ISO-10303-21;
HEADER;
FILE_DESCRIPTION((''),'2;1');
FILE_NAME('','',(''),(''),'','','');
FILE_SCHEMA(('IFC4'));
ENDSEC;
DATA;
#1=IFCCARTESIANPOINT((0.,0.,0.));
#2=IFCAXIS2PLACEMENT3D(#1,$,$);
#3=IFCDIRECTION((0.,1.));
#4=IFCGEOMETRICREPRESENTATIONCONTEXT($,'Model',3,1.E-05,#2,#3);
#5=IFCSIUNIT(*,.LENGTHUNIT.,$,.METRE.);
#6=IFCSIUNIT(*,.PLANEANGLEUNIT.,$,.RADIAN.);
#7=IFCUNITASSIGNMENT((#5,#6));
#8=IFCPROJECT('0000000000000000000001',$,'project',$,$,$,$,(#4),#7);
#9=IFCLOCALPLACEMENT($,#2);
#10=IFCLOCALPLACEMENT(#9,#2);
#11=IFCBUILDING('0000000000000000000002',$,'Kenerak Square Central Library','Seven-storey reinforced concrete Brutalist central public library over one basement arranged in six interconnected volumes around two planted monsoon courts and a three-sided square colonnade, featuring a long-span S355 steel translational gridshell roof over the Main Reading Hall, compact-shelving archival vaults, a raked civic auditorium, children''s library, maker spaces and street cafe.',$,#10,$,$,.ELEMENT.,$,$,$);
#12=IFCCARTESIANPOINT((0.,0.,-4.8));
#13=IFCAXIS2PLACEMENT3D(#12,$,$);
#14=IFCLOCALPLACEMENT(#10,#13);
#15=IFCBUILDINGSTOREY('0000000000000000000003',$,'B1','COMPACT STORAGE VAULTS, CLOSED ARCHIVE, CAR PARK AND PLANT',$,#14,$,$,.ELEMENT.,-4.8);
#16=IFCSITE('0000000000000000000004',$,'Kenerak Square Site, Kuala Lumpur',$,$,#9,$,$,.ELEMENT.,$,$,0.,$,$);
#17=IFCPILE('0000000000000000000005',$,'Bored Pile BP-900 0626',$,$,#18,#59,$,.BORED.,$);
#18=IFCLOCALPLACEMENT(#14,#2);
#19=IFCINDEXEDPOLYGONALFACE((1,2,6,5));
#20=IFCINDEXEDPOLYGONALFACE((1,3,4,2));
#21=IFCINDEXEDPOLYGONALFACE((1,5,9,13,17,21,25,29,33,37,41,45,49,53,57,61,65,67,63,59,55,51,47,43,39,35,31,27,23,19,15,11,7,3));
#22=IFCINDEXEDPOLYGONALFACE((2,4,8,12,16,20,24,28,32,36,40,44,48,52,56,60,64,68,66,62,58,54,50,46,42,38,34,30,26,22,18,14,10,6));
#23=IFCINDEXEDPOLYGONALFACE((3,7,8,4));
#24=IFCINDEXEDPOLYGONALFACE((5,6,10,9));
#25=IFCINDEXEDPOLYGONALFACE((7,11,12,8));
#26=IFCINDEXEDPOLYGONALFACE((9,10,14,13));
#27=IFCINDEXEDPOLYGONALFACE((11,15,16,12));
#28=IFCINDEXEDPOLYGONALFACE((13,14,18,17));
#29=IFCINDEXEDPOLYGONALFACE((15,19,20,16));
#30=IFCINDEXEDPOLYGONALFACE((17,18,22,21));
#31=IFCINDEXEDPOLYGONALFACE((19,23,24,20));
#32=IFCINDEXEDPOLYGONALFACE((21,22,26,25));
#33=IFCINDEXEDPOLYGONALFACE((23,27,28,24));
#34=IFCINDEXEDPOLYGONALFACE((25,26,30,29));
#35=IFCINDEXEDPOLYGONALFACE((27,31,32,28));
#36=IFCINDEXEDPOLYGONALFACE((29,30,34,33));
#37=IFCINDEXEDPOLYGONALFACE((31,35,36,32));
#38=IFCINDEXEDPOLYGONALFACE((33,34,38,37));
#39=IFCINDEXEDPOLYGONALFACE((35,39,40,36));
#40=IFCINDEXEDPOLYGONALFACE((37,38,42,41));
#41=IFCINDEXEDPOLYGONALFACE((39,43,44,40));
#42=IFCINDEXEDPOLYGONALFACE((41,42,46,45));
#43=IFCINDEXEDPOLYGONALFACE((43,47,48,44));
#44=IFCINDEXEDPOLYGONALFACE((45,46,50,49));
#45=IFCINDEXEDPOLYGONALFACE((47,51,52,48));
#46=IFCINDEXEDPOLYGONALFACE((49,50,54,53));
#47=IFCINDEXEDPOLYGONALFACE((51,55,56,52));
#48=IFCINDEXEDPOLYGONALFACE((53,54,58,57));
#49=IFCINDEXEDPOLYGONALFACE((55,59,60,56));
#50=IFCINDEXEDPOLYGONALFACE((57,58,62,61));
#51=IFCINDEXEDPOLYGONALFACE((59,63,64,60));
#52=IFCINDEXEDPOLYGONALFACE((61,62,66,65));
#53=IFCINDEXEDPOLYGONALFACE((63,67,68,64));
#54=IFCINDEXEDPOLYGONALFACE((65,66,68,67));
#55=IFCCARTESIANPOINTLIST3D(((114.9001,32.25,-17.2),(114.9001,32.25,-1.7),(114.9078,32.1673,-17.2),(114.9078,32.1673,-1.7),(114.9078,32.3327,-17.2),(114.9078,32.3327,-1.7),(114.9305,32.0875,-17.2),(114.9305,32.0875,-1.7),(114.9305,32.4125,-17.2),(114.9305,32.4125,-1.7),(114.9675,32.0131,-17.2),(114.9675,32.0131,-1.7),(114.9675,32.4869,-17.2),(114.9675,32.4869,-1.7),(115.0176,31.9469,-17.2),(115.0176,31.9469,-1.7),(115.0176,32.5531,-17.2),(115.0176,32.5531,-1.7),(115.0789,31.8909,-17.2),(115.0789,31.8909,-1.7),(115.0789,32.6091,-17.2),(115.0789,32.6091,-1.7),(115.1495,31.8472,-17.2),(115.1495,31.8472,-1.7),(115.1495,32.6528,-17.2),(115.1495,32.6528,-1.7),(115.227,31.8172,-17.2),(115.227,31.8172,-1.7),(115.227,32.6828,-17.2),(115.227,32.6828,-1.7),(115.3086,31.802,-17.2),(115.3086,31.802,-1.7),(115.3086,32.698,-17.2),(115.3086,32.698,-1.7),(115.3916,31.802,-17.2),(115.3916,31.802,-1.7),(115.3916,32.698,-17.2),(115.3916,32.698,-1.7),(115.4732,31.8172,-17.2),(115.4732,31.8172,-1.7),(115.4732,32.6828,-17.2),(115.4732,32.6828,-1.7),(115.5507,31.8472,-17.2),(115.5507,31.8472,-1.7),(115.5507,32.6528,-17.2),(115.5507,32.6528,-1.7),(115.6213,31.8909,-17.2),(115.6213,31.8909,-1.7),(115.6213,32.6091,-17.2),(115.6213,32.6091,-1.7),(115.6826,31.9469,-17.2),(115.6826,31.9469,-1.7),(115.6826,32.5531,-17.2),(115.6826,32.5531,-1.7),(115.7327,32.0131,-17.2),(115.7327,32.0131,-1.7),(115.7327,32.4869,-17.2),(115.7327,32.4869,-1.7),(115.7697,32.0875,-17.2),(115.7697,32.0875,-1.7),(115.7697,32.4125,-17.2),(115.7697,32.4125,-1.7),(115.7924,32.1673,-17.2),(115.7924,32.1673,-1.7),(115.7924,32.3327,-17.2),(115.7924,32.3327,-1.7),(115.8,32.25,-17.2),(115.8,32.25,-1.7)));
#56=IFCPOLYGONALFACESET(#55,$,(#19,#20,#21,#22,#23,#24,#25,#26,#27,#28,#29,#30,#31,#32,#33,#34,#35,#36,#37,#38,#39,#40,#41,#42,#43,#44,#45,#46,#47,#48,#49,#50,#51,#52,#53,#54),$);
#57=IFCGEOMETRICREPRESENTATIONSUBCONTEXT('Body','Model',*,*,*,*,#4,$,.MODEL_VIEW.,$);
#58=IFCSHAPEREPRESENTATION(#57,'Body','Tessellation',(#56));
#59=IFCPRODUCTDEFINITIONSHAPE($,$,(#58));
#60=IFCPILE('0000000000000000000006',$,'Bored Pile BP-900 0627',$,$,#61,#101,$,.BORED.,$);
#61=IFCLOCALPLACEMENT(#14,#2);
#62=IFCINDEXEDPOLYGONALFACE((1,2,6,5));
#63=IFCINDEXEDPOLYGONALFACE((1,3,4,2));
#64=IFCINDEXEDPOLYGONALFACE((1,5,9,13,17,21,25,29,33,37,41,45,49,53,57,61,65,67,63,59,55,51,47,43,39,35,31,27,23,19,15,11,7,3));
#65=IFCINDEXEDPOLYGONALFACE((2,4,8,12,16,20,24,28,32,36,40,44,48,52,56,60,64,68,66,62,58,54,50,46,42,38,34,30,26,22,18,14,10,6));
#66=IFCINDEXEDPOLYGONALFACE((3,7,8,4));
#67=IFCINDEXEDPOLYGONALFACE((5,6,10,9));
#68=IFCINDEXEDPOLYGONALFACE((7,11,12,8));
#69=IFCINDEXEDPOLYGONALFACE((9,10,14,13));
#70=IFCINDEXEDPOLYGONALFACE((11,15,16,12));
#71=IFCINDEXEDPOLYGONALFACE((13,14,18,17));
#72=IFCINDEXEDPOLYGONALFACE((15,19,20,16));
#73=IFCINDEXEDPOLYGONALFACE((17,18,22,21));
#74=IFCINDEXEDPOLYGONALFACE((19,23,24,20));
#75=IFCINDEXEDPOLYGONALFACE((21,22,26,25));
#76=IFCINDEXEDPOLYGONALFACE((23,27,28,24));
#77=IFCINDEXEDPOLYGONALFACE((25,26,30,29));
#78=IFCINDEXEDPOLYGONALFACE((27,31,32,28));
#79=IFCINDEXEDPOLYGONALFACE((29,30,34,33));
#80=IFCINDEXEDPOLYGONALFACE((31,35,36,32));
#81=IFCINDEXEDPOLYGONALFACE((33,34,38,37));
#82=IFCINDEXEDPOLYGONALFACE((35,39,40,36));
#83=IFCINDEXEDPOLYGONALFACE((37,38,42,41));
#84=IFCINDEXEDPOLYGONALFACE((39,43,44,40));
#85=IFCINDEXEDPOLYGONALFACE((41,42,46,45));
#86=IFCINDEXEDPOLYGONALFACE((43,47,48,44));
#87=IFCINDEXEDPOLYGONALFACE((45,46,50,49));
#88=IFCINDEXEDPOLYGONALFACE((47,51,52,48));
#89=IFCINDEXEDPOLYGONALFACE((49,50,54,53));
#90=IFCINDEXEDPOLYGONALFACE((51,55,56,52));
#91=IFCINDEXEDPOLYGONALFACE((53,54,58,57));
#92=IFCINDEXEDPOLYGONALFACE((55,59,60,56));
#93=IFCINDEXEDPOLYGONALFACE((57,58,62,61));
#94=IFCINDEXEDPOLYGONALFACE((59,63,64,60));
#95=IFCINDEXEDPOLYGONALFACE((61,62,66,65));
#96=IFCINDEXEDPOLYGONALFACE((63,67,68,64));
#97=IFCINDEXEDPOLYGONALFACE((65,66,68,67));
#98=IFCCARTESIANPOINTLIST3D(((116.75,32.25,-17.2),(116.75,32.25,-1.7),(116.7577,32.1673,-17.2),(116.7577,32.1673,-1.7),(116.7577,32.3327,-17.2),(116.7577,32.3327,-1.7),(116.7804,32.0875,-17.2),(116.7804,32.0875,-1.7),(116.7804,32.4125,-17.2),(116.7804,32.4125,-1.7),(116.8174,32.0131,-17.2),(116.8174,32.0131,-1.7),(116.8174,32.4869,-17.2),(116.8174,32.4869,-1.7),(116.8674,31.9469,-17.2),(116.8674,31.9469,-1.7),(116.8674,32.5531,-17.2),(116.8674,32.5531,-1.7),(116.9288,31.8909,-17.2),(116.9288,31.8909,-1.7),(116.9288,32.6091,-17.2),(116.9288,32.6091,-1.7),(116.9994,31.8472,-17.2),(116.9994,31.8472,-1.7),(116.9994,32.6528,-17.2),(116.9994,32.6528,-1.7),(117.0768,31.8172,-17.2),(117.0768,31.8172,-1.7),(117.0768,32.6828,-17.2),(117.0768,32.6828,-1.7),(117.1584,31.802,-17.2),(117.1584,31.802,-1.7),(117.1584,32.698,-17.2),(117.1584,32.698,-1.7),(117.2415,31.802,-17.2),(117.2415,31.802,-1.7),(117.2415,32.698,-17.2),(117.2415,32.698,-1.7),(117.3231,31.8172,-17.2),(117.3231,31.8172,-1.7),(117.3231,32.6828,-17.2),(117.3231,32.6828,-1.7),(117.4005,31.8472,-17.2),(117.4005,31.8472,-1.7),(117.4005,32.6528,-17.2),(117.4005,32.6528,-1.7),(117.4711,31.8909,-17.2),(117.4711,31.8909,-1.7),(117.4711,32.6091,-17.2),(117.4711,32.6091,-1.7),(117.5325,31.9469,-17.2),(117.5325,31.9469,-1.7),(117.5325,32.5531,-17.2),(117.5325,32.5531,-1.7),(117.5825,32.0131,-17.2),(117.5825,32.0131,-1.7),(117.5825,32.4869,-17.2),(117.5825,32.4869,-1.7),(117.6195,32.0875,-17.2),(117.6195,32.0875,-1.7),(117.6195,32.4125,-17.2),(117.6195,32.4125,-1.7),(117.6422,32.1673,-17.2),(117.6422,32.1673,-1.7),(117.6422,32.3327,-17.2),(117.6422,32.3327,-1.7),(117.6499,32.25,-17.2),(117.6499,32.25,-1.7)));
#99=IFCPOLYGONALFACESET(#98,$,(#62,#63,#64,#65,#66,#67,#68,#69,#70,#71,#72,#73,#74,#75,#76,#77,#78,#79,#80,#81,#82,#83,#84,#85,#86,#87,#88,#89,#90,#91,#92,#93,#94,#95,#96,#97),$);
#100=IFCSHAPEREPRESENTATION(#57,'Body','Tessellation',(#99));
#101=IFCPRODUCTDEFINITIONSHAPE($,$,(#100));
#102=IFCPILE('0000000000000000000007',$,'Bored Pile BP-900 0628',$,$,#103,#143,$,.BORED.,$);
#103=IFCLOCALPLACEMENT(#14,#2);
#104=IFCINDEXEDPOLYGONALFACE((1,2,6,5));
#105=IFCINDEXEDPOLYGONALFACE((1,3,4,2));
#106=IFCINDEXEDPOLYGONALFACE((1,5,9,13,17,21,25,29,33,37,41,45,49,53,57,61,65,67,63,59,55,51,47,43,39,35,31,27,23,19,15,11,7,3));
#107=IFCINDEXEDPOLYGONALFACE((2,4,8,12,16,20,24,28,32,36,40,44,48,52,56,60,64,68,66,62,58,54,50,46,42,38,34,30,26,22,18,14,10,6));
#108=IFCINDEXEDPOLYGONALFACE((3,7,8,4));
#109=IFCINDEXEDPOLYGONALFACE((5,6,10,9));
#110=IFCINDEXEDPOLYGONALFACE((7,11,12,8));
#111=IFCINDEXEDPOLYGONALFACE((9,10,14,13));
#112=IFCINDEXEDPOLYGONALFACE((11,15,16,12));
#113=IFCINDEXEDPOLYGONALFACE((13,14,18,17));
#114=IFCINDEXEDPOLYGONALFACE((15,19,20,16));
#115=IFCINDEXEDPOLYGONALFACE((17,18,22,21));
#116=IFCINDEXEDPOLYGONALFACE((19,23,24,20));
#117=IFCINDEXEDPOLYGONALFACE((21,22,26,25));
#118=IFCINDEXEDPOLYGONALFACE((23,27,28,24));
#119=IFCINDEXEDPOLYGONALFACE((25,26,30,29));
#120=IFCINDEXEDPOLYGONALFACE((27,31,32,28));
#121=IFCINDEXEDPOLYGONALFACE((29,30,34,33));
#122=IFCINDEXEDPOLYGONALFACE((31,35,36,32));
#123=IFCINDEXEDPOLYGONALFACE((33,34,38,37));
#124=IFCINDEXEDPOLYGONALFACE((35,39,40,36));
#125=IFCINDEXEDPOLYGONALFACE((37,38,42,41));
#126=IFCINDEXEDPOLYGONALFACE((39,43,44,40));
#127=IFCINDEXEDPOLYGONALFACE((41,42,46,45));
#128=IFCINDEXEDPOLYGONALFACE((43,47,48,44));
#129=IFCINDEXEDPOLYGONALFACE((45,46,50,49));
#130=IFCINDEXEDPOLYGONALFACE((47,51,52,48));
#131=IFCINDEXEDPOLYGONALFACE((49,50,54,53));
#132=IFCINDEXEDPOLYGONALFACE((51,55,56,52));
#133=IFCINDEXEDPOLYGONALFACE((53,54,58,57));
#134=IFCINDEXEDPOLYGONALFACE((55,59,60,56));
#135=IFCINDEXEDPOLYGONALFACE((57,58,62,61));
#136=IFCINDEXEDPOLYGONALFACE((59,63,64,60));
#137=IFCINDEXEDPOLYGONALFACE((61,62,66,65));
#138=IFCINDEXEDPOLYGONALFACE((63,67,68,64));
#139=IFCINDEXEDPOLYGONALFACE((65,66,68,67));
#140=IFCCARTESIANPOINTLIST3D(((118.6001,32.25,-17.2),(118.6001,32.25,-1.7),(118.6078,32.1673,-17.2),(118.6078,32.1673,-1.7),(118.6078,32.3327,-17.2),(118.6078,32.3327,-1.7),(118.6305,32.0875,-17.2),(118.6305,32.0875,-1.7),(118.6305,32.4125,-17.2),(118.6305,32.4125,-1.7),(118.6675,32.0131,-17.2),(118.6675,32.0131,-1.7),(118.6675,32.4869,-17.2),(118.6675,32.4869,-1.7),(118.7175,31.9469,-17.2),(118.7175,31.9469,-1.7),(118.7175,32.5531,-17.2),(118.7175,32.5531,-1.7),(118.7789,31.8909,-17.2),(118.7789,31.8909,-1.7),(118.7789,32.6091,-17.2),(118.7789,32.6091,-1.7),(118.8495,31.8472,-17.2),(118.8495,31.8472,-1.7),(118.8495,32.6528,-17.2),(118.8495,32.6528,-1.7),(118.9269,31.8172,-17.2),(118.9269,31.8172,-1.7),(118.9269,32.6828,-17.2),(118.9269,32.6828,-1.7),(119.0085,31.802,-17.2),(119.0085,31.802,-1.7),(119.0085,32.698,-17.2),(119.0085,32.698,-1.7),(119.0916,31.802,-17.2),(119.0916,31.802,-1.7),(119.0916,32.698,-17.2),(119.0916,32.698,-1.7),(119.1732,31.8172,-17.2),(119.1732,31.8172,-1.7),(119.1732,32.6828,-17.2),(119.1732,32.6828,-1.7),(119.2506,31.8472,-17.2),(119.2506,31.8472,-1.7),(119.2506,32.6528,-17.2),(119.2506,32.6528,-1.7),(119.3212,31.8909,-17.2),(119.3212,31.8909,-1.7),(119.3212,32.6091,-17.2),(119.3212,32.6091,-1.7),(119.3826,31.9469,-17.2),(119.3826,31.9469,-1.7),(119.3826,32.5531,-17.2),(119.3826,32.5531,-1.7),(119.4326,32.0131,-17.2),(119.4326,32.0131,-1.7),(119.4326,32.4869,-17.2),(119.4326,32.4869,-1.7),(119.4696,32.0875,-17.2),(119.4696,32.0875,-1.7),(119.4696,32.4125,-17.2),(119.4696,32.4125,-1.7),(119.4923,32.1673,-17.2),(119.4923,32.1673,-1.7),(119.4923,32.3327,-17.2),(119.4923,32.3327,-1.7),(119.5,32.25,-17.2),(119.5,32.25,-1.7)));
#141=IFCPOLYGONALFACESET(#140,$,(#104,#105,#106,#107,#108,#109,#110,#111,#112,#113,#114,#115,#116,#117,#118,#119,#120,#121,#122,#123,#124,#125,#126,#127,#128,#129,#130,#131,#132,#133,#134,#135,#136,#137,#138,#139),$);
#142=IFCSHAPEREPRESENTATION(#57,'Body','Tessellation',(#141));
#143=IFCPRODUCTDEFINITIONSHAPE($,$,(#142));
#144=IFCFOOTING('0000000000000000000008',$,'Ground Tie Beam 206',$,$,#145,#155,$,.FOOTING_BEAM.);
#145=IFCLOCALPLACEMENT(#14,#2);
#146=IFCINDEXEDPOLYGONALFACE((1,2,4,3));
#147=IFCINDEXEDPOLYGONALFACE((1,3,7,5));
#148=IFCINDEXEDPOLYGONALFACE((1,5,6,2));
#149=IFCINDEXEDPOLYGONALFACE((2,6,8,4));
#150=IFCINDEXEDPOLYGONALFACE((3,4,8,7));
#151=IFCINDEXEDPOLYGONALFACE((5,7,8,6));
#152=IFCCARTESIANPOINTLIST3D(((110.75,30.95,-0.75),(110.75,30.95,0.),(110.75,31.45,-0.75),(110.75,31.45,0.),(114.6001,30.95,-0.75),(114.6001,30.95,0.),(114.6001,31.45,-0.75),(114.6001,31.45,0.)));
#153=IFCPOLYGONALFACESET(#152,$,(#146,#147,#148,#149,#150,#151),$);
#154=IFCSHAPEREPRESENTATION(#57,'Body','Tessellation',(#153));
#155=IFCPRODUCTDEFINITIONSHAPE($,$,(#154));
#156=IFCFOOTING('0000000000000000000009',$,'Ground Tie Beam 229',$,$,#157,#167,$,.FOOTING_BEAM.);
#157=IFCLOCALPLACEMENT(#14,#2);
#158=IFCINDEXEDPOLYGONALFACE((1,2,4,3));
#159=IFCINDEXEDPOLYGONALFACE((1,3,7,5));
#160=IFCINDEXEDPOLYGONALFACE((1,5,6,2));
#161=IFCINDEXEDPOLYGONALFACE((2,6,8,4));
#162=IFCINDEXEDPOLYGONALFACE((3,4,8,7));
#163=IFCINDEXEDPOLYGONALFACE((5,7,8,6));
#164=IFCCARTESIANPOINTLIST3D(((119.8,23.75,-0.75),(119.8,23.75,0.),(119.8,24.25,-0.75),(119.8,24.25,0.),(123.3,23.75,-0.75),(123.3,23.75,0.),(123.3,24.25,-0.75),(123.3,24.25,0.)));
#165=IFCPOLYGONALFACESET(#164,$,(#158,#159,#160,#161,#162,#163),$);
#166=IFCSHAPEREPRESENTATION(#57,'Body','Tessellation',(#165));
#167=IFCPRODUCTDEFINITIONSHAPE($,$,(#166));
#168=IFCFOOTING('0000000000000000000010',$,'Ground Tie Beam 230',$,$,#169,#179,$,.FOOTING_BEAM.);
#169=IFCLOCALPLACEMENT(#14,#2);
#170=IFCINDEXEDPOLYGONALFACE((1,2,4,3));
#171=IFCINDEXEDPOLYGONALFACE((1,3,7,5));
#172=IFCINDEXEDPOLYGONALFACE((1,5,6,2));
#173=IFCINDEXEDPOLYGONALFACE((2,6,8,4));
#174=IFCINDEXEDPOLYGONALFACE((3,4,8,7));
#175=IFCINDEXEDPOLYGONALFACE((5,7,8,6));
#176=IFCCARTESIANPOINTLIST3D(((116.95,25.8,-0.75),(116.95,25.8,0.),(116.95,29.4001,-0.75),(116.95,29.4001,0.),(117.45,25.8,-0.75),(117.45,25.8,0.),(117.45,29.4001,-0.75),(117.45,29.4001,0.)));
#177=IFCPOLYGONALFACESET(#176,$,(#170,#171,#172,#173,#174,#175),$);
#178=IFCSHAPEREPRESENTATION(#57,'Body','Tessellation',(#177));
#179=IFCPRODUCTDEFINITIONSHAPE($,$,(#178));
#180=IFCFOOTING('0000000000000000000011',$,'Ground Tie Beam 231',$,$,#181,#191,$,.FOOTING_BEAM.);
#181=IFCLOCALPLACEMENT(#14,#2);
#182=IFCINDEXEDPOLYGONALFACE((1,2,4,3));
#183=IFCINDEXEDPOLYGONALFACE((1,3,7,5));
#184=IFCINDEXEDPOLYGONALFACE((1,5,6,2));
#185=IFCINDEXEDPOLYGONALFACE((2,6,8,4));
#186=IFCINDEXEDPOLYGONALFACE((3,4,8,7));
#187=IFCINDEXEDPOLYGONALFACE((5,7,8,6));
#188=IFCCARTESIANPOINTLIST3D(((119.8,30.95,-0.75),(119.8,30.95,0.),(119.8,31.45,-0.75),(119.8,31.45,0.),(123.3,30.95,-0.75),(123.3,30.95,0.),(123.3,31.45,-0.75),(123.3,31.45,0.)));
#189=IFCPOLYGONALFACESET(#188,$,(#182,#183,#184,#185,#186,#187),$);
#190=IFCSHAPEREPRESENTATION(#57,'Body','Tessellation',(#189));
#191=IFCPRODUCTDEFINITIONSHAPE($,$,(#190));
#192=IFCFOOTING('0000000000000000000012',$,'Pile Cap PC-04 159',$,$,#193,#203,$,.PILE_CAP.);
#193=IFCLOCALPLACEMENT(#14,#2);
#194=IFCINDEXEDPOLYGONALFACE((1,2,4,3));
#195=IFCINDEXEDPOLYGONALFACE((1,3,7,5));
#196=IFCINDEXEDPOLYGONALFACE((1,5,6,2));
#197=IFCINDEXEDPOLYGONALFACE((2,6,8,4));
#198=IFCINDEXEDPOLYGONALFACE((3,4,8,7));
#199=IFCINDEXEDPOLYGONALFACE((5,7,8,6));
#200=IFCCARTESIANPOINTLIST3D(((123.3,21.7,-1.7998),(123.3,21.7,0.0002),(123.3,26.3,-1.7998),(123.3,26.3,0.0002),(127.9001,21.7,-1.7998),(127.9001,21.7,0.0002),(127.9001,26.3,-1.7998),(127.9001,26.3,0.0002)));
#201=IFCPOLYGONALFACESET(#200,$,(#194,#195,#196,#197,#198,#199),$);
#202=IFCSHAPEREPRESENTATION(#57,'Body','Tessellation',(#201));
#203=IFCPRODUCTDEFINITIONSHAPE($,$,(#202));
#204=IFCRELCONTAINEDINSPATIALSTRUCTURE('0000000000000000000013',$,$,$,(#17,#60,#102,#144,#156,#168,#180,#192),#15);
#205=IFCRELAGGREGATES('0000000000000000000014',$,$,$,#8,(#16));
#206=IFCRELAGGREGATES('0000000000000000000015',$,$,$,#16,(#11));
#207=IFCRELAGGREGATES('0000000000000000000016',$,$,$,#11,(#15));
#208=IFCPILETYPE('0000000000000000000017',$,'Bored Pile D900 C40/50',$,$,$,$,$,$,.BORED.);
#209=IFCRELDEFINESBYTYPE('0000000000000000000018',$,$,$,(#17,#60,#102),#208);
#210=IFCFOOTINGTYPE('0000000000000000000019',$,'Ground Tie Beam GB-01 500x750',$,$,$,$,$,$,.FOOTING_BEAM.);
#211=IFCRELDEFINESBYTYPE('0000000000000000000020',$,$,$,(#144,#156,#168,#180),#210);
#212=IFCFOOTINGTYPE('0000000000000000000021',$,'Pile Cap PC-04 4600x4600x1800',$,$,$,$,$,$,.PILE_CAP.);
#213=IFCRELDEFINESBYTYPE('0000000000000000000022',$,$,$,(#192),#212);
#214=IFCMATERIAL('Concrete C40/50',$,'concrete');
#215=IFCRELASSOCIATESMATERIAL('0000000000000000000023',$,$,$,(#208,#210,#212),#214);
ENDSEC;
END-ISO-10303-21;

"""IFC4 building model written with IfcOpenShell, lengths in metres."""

from ifc_helpers import new_model, si_unit, direction, frame, origin, origin_2d, place, context, subcontext, project, spatial, rectangle, circle, extrude, material, material_profile, profile_set, type_object, element, save


model = new_model("IFC4")

# Units and contexts
model_context = context("Model", 3, precision=1e-05, world=origin(), true_north=direction((0.0, 1.0)))
body_context = subcontext(model_context, "Body", "Model", "MODEL_VIEW")
ifc_project = project(units=[si_unit("LENGTHUNIT", "METRE"), si_unit("PLANEANGLEUNIT", "RADIAN")], contexts=[model_context])

# Site, building, storey
site_placement = place(None, origin())
site = spatial("IfcSite", under=ifc_project, at=site_placement, Name="Kenerak Square Site, Kuala Lumpur", CompositionType="ELEMENT", RefElevation=0.0)
building_placement = place(site_placement, origin())
building = spatial("IfcBuilding", under=site, at=building_placement, Name="Kenerak Square Central Library", Description="Seven-storey reinforced concrete Brutalist central public library over one basement arranged in six interconnected volumes around two planted monsoon courts and a three-sided square colonnade, featuring a long-span S355 steel translational gridshell roof over the Main Reading Hall, compact-shelving archival vaults, a raked civic auditorium, children's library, maker spaces and street cafe.", CompositionType="ELEMENT")
storey_placement = place(building_placement, frame((0.0, 0.0, -4.8)))
storey = spatial("IfcBuildingStorey", under=building, at=storey_placement, Name="B1", Description="COMPACT STORAGE VAULTS, CLOSED ARCHIVE, CAR PARK AND PLANT", CompositionType="ELEMENT", Elevation=-4.8)

# Piles
ifc_material_1 = material(Name="Concrete C40/50", Category="concrete")
ifc_material_profile_1 = material_profile(ifc_material_1, circle(Radius=0.45, at=origin_2d()), Name="BP D900")
ifc_profile_set_1 = profile_set([ifc_material_profile_1], Name="Concrete C40/50")
pile_type_1 = type_object("IfcPileType", Name="Bored Pile D900 C40/50", PredefinedType="BORED", material=ifc_profile_set_1)
for number, where, z_axis, x_axis, name in (
    (1, (115.3501, 32.25, -1.7), (0.0, 0.0, -1.0), (1.0, 0.0, 0.0), "Bored Pile BP-900 0626"),
    (2, (117.2, 32.25, -1.7), (0.0, 0.0, -1.0), (1.0, 0.0, 0.0), "Bored Pile BP-900 0627"),
    (3, (119.05, 32.25, -1.7), (0.0, 0.0, -1.0), (1.0, 0.0, 0.0), "Bored Pile BP-900 0628"),
):
    element("IfcPile", number, at=place(storey_placement, frame(where, z_axis=z_axis, x_axis=x_axis)), inside=storey, type_object=pile_type_1, Name=name, PredefinedType="BORED", context=body_context, shape_type="SweptSolid", body=[
        extrude(circle(Radius=0.45, at=origin_2d()), origin(), (0.0, 0.0, 1.0), 15.5),
    ])

# Footings
footing_type_1 = type_object("IfcFootingType", Name="Ground Tie Beam GB-01 500x750", PredefinedType="FOOTING_BEAM", material=ifc_material_1)
footing_1_placement = place(storey_placement, frame((112.675, 31.2, -0.75), z_axis=(0.0, 0.0, 1.0), x_axis=(1.0, 0.0, 0.0)))
element("IfcFooting", 4, at=footing_1_placement, inside=storey, type_object=footing_type_1, Name="Ground Tie Beam 206", PredefinedType="FOOTING_BEAM", context=body_context, shape_type="SweptSolid", body=[
    extrude(rectangle(XDim=3.8501, YDim=0.5, at=origin_2d()), origin(), (0.0, 0.0, 1.0), 0.75),
])
footing_2_placement = place(storey_placement, frame((121.55, 24.0, -0.75), z_axis=(0.0, 0.0, 1.0), x_axis=(1.0, 0.0, 0.0)))
element("IfcFooting", 5, at=footing_2_placement, inside=storey, type_object=footing_type_1, Name="Ground Tie Beam 229", PredefinedType="FOOTING_BEAM", context=body_context, shape_type="SweptSolid", body=[
    extrude(rectangle(XDim=3.5, YDim=0.5, at=origin_2d()), origin(), (0.0, 0.0, 1.0), 0.75),
])
footing_3_placement = place(storey_placement, frame((117.2, 27.6001, -0.75), z_axis=(0.0, 0.0, 1.0), x_axis=(1.0, 0.0, 0.0)))
element("IfcFooting", 6, at=footing_3_placement, inside=storey, type_object=footing_type_1, Name="Ground Tie Beam 230", PredefinedType="FOOTING_BEAM", context=body_context, shape_type="SweptSolid", body=[
    extrude(rectangle(XDim=0.5, YDim=3.6001, at=origin_2d()), origin(), (0.0, 0.0, 1.0), 0.75),
])
footing_4_placement = place(storey_placement, frame((121.55, 31.2, -0.75), z_axis=(0.0, 0.0, 1.0), x_axis=(1.0, 0.0, 0.0)))
element("IfcFooting", 7, at=footing_4_placement, inside=storey, type_object=footing_type_1, Name="Ground Tie Beam 231", PredefinedType="FOOTING_BEAM", context=body_context, shape_type="SweptSolid", body=[
    extrude(rectangle(XDim=3.5, YDim=0.5, at=origin_2d()), origin(), (0.0, 0.0, 1.0), 0.75),
])
footing_type_2 = type_object("IfcFootingType", Name="Pile Cap PC-04 4600x4600x1800", PredefinedType="PILE_CAP", material=ifc_material_1)
for number, where, z_axis, x_axis, name in (
    (8, (125.6001, 24.0, -1.7998), (0.0, 0.0, 1.0), (1.0, 0.0, 0.0), "Pile Cap PC-04 159"),
):
    element("IfcFooting", number, at=place(storey_placement, frame(where, z_axis=z_axis, x_axis=x_axis)), inside=storey, type_object=footing_type_2, Name=name, PredefinedType="PILE_CAP", context=body_context, shape_type="SweptSolid", body=[
        extrude(rectangle(XDim=4.6001, YDim=4.6001, at=origin_2d()), origin(), (0.0, 0.0, 1.0), 1.8),
    ])

save(model, "model.ifc")
